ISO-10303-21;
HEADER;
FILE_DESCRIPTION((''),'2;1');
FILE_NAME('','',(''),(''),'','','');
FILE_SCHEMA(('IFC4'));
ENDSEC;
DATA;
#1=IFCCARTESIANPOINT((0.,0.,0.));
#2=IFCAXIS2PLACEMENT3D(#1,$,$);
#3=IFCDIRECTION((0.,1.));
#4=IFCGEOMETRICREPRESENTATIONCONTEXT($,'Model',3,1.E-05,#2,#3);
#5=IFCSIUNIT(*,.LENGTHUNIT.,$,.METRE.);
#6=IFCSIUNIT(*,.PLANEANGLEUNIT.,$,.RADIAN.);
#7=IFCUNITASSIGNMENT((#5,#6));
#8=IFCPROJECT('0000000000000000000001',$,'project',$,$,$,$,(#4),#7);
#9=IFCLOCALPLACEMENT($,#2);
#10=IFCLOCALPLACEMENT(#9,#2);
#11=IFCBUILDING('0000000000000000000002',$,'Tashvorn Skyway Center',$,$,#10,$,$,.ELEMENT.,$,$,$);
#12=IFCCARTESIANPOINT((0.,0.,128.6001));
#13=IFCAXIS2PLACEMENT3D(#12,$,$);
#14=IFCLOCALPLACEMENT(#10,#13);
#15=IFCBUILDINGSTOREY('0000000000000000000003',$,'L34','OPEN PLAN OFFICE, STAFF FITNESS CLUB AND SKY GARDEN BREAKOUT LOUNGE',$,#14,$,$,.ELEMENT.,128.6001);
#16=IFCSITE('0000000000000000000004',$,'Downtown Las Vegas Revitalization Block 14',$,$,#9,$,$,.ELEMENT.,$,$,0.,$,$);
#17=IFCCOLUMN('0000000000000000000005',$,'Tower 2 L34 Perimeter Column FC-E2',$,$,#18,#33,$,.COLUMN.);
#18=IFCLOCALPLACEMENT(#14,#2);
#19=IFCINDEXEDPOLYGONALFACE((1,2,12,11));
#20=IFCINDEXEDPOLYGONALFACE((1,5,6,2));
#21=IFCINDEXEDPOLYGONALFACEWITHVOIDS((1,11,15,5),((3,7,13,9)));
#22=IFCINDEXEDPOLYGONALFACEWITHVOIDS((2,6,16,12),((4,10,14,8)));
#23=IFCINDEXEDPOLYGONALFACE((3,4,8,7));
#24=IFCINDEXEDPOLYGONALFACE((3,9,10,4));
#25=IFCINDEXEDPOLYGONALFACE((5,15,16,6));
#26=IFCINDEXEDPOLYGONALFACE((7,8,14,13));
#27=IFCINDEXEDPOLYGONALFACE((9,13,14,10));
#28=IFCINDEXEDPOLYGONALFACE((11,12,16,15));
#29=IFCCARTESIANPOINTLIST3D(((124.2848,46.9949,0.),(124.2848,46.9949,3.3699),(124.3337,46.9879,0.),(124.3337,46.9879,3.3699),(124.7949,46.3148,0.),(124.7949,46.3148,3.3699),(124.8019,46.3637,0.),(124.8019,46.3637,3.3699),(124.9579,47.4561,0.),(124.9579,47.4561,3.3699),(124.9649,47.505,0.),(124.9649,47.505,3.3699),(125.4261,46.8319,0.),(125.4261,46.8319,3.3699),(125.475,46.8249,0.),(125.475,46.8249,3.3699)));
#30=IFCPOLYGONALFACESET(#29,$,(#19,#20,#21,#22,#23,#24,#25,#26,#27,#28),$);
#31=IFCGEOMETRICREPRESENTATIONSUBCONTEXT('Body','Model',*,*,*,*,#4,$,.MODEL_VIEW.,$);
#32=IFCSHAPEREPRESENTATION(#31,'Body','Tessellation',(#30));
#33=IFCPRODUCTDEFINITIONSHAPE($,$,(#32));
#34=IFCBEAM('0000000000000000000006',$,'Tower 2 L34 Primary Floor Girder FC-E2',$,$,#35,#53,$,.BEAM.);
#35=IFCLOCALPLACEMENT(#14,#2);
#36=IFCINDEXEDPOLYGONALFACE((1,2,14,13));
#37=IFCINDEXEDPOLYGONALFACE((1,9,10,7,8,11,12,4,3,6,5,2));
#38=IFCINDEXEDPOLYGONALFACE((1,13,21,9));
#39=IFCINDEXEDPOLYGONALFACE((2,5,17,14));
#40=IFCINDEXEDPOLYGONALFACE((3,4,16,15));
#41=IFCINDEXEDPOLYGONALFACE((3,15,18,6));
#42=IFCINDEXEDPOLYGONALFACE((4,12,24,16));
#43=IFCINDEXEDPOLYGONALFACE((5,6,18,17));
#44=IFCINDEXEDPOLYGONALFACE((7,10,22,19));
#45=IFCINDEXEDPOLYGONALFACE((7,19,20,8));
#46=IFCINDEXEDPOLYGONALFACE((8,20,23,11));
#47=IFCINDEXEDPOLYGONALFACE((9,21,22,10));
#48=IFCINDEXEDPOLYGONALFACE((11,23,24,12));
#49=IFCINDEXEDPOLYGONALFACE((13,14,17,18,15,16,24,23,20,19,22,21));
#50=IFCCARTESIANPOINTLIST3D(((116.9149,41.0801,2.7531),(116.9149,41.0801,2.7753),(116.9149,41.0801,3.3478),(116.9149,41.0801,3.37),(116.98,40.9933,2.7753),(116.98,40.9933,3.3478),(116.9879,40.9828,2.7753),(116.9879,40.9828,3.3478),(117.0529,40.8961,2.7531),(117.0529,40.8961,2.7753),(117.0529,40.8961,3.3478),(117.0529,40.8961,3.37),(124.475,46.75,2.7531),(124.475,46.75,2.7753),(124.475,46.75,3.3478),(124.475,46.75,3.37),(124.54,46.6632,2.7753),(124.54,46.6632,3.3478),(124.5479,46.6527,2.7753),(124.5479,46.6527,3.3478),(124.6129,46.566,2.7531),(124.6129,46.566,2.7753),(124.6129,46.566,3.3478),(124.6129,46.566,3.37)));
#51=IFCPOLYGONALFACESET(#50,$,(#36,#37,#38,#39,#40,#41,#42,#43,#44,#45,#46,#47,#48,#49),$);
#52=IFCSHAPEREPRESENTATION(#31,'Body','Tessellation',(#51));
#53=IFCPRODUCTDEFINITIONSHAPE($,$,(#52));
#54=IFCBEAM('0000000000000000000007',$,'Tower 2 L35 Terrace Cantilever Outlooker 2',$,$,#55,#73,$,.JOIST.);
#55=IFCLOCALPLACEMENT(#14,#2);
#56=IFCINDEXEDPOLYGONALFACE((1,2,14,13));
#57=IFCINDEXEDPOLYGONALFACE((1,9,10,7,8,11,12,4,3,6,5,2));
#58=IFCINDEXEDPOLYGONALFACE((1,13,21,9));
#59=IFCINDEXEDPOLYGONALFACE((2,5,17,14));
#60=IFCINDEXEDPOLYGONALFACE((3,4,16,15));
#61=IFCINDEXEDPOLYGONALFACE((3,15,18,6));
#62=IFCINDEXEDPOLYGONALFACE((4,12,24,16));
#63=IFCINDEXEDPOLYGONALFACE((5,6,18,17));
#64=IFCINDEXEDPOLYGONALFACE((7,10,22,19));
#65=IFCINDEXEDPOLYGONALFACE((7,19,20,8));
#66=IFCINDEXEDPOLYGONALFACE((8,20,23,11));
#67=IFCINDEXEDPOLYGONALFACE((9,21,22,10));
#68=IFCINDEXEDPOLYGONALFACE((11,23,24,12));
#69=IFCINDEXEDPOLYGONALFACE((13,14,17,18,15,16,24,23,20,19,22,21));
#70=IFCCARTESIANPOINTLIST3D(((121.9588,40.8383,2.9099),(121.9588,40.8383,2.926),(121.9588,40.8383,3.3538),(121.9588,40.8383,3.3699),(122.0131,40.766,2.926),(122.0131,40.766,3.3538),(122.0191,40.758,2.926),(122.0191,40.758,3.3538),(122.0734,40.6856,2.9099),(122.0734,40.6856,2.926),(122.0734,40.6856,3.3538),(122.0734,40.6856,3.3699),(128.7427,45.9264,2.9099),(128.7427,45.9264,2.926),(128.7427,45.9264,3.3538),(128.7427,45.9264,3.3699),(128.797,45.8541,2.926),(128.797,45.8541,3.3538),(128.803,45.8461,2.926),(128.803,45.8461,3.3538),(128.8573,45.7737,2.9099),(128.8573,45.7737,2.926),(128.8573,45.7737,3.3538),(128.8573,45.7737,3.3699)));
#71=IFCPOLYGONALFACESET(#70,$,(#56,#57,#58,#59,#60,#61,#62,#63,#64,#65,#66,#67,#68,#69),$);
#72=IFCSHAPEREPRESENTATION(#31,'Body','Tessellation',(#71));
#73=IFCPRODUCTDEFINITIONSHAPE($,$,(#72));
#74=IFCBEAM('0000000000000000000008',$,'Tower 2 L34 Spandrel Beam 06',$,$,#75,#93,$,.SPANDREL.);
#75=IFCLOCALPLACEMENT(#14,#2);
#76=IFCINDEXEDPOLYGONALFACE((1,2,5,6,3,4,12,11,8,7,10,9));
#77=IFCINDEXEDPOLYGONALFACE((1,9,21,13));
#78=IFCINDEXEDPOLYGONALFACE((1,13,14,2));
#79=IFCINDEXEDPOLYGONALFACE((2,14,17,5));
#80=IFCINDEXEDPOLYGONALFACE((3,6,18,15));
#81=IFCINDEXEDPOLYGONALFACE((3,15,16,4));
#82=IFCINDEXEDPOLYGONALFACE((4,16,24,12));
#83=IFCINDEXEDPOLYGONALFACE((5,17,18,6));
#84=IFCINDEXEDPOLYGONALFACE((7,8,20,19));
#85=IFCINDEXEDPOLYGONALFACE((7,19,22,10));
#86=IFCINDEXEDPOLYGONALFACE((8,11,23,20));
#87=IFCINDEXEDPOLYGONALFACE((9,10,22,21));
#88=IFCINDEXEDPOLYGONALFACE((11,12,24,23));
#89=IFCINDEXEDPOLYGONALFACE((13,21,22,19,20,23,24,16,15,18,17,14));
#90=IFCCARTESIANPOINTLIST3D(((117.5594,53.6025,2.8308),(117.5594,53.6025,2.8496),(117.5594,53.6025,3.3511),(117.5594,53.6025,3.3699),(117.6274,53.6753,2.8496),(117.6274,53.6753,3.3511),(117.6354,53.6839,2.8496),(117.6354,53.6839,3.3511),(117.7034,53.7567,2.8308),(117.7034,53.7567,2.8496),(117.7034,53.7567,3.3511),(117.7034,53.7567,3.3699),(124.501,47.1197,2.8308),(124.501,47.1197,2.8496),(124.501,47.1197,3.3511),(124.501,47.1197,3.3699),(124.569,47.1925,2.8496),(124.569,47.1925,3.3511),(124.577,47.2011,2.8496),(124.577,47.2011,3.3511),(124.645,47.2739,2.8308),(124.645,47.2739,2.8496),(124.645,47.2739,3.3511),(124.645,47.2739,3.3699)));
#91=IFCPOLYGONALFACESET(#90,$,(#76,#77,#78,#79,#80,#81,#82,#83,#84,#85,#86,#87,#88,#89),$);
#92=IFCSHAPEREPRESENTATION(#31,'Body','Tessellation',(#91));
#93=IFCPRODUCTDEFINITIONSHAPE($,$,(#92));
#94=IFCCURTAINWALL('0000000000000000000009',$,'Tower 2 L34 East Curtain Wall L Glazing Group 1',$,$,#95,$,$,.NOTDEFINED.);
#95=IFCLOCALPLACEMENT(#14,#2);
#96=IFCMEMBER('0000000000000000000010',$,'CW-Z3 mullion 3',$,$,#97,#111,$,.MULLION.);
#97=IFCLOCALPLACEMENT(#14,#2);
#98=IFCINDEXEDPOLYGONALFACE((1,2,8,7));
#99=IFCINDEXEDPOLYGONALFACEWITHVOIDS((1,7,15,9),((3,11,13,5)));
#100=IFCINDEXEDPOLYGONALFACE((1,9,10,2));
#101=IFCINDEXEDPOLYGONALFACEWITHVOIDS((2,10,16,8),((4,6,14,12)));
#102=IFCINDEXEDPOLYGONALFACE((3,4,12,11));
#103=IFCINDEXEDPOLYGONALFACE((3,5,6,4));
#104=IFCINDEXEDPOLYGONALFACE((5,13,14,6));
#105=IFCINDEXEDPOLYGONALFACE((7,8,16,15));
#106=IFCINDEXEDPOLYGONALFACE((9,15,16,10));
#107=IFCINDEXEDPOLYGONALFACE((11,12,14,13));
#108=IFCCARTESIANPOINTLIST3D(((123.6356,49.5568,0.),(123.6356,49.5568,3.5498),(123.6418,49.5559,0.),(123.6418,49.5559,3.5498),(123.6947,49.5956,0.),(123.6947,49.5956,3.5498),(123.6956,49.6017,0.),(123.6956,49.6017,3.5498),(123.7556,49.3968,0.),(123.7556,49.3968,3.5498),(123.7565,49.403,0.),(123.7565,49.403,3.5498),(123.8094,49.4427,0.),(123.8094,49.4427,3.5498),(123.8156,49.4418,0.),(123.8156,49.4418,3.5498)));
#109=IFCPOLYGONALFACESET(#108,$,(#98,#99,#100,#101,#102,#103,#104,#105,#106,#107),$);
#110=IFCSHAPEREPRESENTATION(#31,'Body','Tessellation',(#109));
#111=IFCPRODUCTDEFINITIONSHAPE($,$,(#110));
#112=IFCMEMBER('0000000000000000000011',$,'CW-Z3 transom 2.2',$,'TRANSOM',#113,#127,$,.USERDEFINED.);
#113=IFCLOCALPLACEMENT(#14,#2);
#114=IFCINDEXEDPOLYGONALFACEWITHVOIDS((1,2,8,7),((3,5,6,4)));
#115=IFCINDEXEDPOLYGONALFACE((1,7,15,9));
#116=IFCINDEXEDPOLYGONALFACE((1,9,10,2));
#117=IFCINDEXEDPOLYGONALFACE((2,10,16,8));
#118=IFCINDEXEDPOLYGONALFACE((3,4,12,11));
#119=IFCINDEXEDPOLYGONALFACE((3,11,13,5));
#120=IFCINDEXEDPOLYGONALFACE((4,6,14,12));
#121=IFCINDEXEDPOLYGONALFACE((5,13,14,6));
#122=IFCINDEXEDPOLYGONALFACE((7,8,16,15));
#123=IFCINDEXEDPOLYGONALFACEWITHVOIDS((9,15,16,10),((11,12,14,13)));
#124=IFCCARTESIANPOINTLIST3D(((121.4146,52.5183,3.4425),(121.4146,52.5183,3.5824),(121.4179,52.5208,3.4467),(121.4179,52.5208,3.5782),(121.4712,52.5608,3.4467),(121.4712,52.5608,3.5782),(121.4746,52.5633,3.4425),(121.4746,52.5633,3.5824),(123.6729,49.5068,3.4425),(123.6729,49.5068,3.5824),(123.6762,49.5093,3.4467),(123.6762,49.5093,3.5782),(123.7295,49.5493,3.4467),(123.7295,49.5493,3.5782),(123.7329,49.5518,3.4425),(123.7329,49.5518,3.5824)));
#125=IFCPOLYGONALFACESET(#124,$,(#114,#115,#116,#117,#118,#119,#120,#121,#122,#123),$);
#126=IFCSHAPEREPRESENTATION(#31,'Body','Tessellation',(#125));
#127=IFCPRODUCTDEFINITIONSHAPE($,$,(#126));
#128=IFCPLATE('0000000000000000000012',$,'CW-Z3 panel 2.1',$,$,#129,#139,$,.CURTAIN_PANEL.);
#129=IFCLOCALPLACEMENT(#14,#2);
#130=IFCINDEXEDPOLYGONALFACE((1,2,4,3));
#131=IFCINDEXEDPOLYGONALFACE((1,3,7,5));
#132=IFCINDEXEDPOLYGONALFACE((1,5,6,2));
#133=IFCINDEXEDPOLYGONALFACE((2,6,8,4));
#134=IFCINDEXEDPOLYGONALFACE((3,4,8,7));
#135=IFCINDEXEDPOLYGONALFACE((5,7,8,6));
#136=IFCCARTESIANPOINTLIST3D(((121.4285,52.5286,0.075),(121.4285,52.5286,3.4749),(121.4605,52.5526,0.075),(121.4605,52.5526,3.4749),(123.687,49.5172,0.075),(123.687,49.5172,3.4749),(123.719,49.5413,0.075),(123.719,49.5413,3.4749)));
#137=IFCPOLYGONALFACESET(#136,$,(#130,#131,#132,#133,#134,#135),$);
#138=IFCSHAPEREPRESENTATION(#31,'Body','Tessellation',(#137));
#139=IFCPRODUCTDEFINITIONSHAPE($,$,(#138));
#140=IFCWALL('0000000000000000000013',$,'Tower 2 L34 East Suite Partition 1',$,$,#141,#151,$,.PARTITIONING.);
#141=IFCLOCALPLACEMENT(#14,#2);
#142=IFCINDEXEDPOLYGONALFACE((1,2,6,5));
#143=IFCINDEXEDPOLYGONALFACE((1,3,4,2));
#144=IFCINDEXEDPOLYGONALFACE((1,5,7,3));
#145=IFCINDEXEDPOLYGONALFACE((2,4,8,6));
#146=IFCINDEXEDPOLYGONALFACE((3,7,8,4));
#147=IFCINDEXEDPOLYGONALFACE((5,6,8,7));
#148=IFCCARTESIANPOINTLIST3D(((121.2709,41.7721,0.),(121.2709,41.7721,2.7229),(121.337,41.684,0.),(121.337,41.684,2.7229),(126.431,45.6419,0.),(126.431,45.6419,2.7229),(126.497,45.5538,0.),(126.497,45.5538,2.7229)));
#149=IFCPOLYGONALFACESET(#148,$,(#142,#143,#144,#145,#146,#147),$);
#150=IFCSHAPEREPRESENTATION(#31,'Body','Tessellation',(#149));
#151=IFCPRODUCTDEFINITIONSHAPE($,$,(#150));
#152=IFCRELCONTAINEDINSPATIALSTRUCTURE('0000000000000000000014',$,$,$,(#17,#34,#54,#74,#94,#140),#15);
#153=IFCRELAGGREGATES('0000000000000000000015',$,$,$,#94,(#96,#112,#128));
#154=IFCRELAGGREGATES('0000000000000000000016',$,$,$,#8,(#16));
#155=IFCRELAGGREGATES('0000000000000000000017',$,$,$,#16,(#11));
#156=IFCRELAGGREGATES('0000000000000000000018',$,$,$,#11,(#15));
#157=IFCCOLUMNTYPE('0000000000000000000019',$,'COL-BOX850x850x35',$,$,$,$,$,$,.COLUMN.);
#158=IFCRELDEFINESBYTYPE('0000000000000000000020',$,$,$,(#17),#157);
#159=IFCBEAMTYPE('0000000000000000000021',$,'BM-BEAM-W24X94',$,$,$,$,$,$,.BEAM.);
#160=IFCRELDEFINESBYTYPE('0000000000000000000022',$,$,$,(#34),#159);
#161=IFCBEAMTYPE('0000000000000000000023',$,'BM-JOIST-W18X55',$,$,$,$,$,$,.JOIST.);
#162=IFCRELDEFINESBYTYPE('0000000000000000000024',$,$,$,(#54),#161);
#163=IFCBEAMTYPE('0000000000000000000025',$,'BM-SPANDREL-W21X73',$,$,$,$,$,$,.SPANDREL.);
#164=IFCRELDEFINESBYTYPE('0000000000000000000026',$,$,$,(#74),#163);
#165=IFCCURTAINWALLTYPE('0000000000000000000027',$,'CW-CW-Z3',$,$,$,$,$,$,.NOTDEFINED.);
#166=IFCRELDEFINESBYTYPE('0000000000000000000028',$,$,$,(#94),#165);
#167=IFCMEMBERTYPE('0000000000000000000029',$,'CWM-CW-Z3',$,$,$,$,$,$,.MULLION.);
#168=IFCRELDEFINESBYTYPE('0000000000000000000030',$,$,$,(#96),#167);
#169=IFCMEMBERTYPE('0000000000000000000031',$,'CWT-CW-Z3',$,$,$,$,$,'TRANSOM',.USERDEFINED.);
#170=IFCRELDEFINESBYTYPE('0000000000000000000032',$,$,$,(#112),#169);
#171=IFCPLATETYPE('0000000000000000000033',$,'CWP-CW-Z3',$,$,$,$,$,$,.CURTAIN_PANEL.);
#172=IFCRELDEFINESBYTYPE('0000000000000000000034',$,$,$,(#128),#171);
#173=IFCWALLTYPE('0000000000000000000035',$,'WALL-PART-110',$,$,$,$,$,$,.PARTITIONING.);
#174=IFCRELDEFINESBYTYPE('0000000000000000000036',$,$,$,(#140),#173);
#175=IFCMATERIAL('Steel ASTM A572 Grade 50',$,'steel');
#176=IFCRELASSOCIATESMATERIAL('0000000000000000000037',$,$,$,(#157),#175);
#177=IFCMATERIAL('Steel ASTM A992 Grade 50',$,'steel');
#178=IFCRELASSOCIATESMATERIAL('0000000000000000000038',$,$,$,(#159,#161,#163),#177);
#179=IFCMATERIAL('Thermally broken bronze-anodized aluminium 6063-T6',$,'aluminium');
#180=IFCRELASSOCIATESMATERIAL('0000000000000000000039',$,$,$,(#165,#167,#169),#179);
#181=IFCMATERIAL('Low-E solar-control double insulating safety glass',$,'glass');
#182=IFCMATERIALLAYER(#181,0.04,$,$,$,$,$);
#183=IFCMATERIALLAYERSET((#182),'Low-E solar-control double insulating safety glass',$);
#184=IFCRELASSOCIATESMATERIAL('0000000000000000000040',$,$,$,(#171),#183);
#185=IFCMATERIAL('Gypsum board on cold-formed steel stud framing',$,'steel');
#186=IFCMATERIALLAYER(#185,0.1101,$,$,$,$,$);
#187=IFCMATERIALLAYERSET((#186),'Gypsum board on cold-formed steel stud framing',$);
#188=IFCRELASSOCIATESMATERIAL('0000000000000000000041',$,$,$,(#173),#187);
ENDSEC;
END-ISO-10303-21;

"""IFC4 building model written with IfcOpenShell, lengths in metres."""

from ifc_helpers import new_model, si_unit, direction, frame, frame_2d, origin, origin_2d, place, context, subcontext, project, spatial, rectangle, hollow_rectangle, i_section, extrude, material, layer, layer_set, material_profile, profile_set, type_object, element, aggregate, save


model = new_model("IFC4")

# Units and contexts
model_context = context("Model", 3, precision=1e-05, world=origin(), true_north=direction((0.0, 1.0)))
body_context = subcontext(model_context, "Body", "Model", "MODEL_VIEW")
ifc_project = project(units=[si_unit("LENGTHUNIT", "METRE"), si_unit("PLANEANGLEUNIT", "RADIAN")], contexts=[model_context])

# Site, building, storey
site_placement = place(None, origin())
site = spatial("IfcSite", under=ifc_project, at=site_placement, Name="Downtown Las Vegas Revitalization Block 14", CompositionType="ELEMENT", RefElevation=0.0)
building_placement = place(site_placement, origin())
building = spatial("IfcBuilding", under=site, at=building_placement, Name="Tashvorn Skyway Center", CompositionType="ELEMENT")
storey_placement = place(building_placement, frame((0.0, 0.0, 128.6001)))
storey = spatial("IfcBuildingStorey", under=building, at=storey_placement, Name="L34", Description="OPEN PLAN OFFICE, STAFF FITNESS CLUB AND SKY GARDEN BREAKOUT LOUNGE", CompositionType="ELEMENT", Elevation=128.6001)

# Column
ifc_material_1 = material(Name="Steel ASTM A572 Grade 50", Category="steel")
ifc_material_profile_1 = material_profile(ifc_material_1, hollow_rectangle(XDim=0.8501, YDim=0.8501, WallThickness=0.0349, at=origin_2d()), Name="BOX850x850x35")
ifc_profile_set_1 = profile_set([ifc_material_profile_1], Name="Steel ASTM A572 Grade 50")
column_type = type_object("IfcColumnType", Name="COL-BOX850x850x35", PredefinedType="COLUMN", material=ifc_profile_set_1)
column_placement = place(storey_placement, frame((124.8799, 46.9099, 0.0), z_axis=(0.0, 0.0, 1.0), x_axis=(0.8, 0.6, 0.0)))
element("IfcColumn", 1, at=column_placement, inside=storey, type_object=column_type, Name="Tower 2 L34 Perimeter Column FC-E2", PredefinedType="COLUMN", context=body_context, shape_type="SweptSolid", body=[
    extrude(hollow_rectangle(XDim=0.8501, YDim=0.8501, WallThickness=0.0349, at=origin_2d()), origin(), (0.0, 0.0, 1.0), 3.3699),
])

# Beams
ifc_material_2 = material(Name="Steel ASTM A992 Grade 50", Category="steel")
ifc_material_profile_2 = material_profile(ifc_material_2, i_section(OverallWidth=0.23, OverallDepth=0.6169, WebThickness=0.0132, FlangeThickness=0.0222, at=origin_2d()), Name="W24X94")
ifc_profile_set_2 = profile_set([ifc_material_profile_2], Name="Steel ASTM A992 Grade 50")
beam_type_1 = type_object("IfcBeamType", Name="BM-BEAM-W24X94", PredefinedType="BEAM", material=ifc_profile_set_2)
beam_1_placement = place(storey_placement, frame((124.5439, 46.658, 3.0615), z_axis=(-0.800006, -0.599992, 0.0), x_axis=(0.599992, -0.800006, 0.0)))
element("IfcBeam", 2, at=beam_1_placement, inside=storey, type_object=beam_type_1, Name="Tower 2 L34 Primary Floor Girder FC-E2", PredefinedType="BEAM", context=body_context, shape_type="SweptSolid", body=[
    extrude(i_section(OverallWidth=0.23, OverallDepth=0.6169, WebThickness=0.0132, FlangeThickness=0.0222, at=origin_2d()), origin(), (0.0, 0.0, 1.0), 9.45),
])
ifc_material_profile_3 = material_profile(ifc_material_2, i_section(OverallWidth=0.1909, OverallDepth=0.46, WebThickness=0.01, FlangeThickness=0.0161, at=origin_2d()), Name="W18X55")
ifc_profile_set_3 = profile_set([ifc_material_profile_3], Name="Steel ASTM A992 Grade 50")
beam_type_2 = type_object("IfcBeamType", Name="BM-JOIST-W18X55", PredefinedType="JOIST", material=ifc_profile_set_3)
beam_2_placement = place(storey_placement, frame((122.0161, 40.762, 3.1399), z_axis=(0.79999, 0.600014, 0.0), x_axis=(-0.600014, 0.79999, 0.0)))
element("IfcBeam", 3, at=beam_2_placement, inside=storey, type_object=beam_type_2, Name="Tower 2 L35 Terrace Cantilever Outlooker 2", PredefinedType="JOIST", context=body_context, shape_type="SweptSolid", body=[
    extrude(i_section(OverallWidth=0.1909, OverallDepth=0.46, WebThickness=0.01, FlangeThickness=0.0161, at=origin_2d()), origin(), (0.0, 0.0, 1.0), 8.48),
])
ifc_material_profile_4 = material_profile(ifc_material_2, i_section(OverallWidth=0.2109, OverallDepth=0.5391, WebThickness=0.0117, FlangeThickness=0.0188, at=origin_2d()), Name="W21X73")
ifc_profile_set_4 = profile_set([ifc_material_profile_4], Name="Steel ASTM A992 Grade 50")
beam_type_3 = type_object("IfcBeamType", Name="BM-SPANDREL-W21X73", PredefinedType="SPANDREL", material=ifc_profile_set_4)
beam_3_placement = place(storey_placement, frame((124.573, 47.1968, 3.1003), z_axis=(-0.730843, 0.682545, 0.0), x_axis=(-0.682545, -0.730843, 0.0)))
element("IfcBeam", 4, at=beam_3_placement, inside=storey, type_object=beam_type_3, Name="Tower 2 L34 Spandrel Beam 06", PredefinedType="SPANDREL", context=body_context, shape_type="SweptSolid", body=[
    extrude(i_section(OverallWidth=0.2109, OverallDepth=0.5391, WebThickness=0.0117, FlangeThickness=0.0188, at=origin_2d()), origin(), (0.0, 0.0, 1.0), 9.498),
])

# Curtain wall, members, plate
ifc_material_3 = material(Name="Thermally broken bronze-anodized aluminium 6063-T6", Category="aluminium")
curtain_wall_type = type_object("IfcCurtainWallType", Name="CW-CW-Z3", PredefinedType="NOTDEFINED", material=ifc_material_3)
curtain_wall_placement = place(storey_placement, origin())
curtain_wall = element("IfcCurtainWall", 5, at=curtain_wall_placement, inside=storey, type_object=curtain_wall_type, Name="Tower 2 L34 East Curtain Wall L Glazing Group 1", PredefinedType="NOTDEFINED")
ifc_material_profile_5 = material_profile(ifc_material_3, hollow_rectangle(XDim=0.075, YDim=0.2, WallThickness=0.0044, at=origin_2d()), Name="ALU-MULL-75x200")
ifc_profile_set_5 = profile_set([ifc_material_profile_5], Name="Thermally broken bronze-anodized aluminium 6063-T6")
member_type_1 = type_object("IfcMemberType", Name="CWM-CW-Z3", PredefinedType="MULLION", material=ifc_profile_set_5)
member_1_placement = place(storey_placement, frame((123.7256, 49.4993, 0.0), z_axis=(0.0, 0.0, 1.0), x_axis=(0.800002, 0.599998, 0.0)))
member_1 = element("IfcMember", 6, at=member_1_placement, type_object=member_type_1, Name="CW-Z3 mullion 3", PredefinedType="MULLION", context=body_context, shape_type="SweptSolid", body=[
    extrude(hollow_rectangle(XDim=0.075, YDim=0.2, WallThickness=0.0044, at=origin_2d()), origin(), (0.0, 0.0, 1.0), 3.5498),
])
ifc_material_profile_6 = material_profile(ifc_material_3, hollow_rectangle(XDim=0.075, YDim=0.1399, WallThickness=0.0042, at=origin_2d()), Name="ALU-TRAN-75x140")
ifc_profile_set_6 = profile_set([ifc_material_profile_6], Name="Thermally broken bronze-anodized aluminium 6063-T6")
member_type_2 = type_object("IfcMemberType", Name="CWT-CW-Z3", ElementType="TRANSOM", PredefinedType="USERDEFINED", material=ifc_profile_set_6)
member_2_placement = place(storey_placement, frame((121.4446, 52.5408, 3.5125), z_axis=(0.599948, -0.800039, 0.0), x_axis=(0.800039, 0.599948, 0.0)))
member_2 = element("IfcMember", 7, at=member_2_placement, type_object=member_type_2, Name="CW-Z3 transom 2.2", ObjectType="TRANSOM", PredefinedType="USERDEFINED", context=body_context, shape_type="SweptSolid", body=[
    extrude(hollow_rectangle(XDim=0.075, YDim=0.1399, WallThickness=0.0042, at=origin_2d()), origin(), (0.0, 0.0, 1.0), 3.7642),
])
ifc_material_4 = material(Name="Low-E solar-control double insulating safety glass", Category="glass")
ifc_layer_1 = layer(ifc_material_4, 0.04)
ifc_layer_set_1 = layer_set([ifc_layer_1], Name="Low-E solar-control double insulating safety glass")
plate_type = type_object("IfcPlateType", Name="CWP-CW-Z3", PredefinedType="CURTAIN_PANEL", material=ifc_layer_set_1)
plate_placement = place(storey_placement, frame((122.5737, 51.0349, 0.075), z_axis=(0.0, 0.0, 1.0), x_axis=(0.599998, -0.800002, 0.0)))
plate = element("IfcPlate", 8, at=plate_placement, type_object=plate_type, Name="CW-Z3 panel 2.1", PredefinedType="CURTAIN_PANEL", context=body_context, shape_type="SweptSolid", body=[
    extrude(rectangle(XDim=3.7642, YDim=0.04, at=origin_2d()), origin(), (0.0, 0.0, 1.0), 3.3999),
])
aggregate(curtain_wall, [member_1, member_2, plate])

# Wall
ifc_material_5 = material(Name="Gypsum board on cold-formed steel stud framing", Category="steel")
ifc_layer_2 = layer(ifc_material_5, 0.1101)
ifc_layer_set_2 = layer_set([ifc_layer_2], Name="Gypsum board on cold-formed steel stud framing")
wall_type_1 = type_object("IfcWallType", Name="WALL-PART-110", PredefinedType="PARTITIONING", material=ifc_layer_set_2)
wall_1_placement = place(storey_placement, frame((126.4641, 45.5979, 0.0), z_axis=(0.0, 0.0, 1.0), x_axis=(-0.800018, -0.599976, 0.0)))
element("IfcWall", 9, at=wall_1_placement, inside=storey, type_object=wall_type_1, Name="Tower 2 L34 East Suite Partition 1", PredefinedType="PARTITIONING", context=body_context, shape_type="SweptSolid", body=[
    extrude(rectangle(XDim=6.45, YDim=0.1101, at=frame_2d((3.2251, 0.0))), origin(), (0.0, 0.0, 1.0), 2.7229),
])

save(model, "model.ifc")
